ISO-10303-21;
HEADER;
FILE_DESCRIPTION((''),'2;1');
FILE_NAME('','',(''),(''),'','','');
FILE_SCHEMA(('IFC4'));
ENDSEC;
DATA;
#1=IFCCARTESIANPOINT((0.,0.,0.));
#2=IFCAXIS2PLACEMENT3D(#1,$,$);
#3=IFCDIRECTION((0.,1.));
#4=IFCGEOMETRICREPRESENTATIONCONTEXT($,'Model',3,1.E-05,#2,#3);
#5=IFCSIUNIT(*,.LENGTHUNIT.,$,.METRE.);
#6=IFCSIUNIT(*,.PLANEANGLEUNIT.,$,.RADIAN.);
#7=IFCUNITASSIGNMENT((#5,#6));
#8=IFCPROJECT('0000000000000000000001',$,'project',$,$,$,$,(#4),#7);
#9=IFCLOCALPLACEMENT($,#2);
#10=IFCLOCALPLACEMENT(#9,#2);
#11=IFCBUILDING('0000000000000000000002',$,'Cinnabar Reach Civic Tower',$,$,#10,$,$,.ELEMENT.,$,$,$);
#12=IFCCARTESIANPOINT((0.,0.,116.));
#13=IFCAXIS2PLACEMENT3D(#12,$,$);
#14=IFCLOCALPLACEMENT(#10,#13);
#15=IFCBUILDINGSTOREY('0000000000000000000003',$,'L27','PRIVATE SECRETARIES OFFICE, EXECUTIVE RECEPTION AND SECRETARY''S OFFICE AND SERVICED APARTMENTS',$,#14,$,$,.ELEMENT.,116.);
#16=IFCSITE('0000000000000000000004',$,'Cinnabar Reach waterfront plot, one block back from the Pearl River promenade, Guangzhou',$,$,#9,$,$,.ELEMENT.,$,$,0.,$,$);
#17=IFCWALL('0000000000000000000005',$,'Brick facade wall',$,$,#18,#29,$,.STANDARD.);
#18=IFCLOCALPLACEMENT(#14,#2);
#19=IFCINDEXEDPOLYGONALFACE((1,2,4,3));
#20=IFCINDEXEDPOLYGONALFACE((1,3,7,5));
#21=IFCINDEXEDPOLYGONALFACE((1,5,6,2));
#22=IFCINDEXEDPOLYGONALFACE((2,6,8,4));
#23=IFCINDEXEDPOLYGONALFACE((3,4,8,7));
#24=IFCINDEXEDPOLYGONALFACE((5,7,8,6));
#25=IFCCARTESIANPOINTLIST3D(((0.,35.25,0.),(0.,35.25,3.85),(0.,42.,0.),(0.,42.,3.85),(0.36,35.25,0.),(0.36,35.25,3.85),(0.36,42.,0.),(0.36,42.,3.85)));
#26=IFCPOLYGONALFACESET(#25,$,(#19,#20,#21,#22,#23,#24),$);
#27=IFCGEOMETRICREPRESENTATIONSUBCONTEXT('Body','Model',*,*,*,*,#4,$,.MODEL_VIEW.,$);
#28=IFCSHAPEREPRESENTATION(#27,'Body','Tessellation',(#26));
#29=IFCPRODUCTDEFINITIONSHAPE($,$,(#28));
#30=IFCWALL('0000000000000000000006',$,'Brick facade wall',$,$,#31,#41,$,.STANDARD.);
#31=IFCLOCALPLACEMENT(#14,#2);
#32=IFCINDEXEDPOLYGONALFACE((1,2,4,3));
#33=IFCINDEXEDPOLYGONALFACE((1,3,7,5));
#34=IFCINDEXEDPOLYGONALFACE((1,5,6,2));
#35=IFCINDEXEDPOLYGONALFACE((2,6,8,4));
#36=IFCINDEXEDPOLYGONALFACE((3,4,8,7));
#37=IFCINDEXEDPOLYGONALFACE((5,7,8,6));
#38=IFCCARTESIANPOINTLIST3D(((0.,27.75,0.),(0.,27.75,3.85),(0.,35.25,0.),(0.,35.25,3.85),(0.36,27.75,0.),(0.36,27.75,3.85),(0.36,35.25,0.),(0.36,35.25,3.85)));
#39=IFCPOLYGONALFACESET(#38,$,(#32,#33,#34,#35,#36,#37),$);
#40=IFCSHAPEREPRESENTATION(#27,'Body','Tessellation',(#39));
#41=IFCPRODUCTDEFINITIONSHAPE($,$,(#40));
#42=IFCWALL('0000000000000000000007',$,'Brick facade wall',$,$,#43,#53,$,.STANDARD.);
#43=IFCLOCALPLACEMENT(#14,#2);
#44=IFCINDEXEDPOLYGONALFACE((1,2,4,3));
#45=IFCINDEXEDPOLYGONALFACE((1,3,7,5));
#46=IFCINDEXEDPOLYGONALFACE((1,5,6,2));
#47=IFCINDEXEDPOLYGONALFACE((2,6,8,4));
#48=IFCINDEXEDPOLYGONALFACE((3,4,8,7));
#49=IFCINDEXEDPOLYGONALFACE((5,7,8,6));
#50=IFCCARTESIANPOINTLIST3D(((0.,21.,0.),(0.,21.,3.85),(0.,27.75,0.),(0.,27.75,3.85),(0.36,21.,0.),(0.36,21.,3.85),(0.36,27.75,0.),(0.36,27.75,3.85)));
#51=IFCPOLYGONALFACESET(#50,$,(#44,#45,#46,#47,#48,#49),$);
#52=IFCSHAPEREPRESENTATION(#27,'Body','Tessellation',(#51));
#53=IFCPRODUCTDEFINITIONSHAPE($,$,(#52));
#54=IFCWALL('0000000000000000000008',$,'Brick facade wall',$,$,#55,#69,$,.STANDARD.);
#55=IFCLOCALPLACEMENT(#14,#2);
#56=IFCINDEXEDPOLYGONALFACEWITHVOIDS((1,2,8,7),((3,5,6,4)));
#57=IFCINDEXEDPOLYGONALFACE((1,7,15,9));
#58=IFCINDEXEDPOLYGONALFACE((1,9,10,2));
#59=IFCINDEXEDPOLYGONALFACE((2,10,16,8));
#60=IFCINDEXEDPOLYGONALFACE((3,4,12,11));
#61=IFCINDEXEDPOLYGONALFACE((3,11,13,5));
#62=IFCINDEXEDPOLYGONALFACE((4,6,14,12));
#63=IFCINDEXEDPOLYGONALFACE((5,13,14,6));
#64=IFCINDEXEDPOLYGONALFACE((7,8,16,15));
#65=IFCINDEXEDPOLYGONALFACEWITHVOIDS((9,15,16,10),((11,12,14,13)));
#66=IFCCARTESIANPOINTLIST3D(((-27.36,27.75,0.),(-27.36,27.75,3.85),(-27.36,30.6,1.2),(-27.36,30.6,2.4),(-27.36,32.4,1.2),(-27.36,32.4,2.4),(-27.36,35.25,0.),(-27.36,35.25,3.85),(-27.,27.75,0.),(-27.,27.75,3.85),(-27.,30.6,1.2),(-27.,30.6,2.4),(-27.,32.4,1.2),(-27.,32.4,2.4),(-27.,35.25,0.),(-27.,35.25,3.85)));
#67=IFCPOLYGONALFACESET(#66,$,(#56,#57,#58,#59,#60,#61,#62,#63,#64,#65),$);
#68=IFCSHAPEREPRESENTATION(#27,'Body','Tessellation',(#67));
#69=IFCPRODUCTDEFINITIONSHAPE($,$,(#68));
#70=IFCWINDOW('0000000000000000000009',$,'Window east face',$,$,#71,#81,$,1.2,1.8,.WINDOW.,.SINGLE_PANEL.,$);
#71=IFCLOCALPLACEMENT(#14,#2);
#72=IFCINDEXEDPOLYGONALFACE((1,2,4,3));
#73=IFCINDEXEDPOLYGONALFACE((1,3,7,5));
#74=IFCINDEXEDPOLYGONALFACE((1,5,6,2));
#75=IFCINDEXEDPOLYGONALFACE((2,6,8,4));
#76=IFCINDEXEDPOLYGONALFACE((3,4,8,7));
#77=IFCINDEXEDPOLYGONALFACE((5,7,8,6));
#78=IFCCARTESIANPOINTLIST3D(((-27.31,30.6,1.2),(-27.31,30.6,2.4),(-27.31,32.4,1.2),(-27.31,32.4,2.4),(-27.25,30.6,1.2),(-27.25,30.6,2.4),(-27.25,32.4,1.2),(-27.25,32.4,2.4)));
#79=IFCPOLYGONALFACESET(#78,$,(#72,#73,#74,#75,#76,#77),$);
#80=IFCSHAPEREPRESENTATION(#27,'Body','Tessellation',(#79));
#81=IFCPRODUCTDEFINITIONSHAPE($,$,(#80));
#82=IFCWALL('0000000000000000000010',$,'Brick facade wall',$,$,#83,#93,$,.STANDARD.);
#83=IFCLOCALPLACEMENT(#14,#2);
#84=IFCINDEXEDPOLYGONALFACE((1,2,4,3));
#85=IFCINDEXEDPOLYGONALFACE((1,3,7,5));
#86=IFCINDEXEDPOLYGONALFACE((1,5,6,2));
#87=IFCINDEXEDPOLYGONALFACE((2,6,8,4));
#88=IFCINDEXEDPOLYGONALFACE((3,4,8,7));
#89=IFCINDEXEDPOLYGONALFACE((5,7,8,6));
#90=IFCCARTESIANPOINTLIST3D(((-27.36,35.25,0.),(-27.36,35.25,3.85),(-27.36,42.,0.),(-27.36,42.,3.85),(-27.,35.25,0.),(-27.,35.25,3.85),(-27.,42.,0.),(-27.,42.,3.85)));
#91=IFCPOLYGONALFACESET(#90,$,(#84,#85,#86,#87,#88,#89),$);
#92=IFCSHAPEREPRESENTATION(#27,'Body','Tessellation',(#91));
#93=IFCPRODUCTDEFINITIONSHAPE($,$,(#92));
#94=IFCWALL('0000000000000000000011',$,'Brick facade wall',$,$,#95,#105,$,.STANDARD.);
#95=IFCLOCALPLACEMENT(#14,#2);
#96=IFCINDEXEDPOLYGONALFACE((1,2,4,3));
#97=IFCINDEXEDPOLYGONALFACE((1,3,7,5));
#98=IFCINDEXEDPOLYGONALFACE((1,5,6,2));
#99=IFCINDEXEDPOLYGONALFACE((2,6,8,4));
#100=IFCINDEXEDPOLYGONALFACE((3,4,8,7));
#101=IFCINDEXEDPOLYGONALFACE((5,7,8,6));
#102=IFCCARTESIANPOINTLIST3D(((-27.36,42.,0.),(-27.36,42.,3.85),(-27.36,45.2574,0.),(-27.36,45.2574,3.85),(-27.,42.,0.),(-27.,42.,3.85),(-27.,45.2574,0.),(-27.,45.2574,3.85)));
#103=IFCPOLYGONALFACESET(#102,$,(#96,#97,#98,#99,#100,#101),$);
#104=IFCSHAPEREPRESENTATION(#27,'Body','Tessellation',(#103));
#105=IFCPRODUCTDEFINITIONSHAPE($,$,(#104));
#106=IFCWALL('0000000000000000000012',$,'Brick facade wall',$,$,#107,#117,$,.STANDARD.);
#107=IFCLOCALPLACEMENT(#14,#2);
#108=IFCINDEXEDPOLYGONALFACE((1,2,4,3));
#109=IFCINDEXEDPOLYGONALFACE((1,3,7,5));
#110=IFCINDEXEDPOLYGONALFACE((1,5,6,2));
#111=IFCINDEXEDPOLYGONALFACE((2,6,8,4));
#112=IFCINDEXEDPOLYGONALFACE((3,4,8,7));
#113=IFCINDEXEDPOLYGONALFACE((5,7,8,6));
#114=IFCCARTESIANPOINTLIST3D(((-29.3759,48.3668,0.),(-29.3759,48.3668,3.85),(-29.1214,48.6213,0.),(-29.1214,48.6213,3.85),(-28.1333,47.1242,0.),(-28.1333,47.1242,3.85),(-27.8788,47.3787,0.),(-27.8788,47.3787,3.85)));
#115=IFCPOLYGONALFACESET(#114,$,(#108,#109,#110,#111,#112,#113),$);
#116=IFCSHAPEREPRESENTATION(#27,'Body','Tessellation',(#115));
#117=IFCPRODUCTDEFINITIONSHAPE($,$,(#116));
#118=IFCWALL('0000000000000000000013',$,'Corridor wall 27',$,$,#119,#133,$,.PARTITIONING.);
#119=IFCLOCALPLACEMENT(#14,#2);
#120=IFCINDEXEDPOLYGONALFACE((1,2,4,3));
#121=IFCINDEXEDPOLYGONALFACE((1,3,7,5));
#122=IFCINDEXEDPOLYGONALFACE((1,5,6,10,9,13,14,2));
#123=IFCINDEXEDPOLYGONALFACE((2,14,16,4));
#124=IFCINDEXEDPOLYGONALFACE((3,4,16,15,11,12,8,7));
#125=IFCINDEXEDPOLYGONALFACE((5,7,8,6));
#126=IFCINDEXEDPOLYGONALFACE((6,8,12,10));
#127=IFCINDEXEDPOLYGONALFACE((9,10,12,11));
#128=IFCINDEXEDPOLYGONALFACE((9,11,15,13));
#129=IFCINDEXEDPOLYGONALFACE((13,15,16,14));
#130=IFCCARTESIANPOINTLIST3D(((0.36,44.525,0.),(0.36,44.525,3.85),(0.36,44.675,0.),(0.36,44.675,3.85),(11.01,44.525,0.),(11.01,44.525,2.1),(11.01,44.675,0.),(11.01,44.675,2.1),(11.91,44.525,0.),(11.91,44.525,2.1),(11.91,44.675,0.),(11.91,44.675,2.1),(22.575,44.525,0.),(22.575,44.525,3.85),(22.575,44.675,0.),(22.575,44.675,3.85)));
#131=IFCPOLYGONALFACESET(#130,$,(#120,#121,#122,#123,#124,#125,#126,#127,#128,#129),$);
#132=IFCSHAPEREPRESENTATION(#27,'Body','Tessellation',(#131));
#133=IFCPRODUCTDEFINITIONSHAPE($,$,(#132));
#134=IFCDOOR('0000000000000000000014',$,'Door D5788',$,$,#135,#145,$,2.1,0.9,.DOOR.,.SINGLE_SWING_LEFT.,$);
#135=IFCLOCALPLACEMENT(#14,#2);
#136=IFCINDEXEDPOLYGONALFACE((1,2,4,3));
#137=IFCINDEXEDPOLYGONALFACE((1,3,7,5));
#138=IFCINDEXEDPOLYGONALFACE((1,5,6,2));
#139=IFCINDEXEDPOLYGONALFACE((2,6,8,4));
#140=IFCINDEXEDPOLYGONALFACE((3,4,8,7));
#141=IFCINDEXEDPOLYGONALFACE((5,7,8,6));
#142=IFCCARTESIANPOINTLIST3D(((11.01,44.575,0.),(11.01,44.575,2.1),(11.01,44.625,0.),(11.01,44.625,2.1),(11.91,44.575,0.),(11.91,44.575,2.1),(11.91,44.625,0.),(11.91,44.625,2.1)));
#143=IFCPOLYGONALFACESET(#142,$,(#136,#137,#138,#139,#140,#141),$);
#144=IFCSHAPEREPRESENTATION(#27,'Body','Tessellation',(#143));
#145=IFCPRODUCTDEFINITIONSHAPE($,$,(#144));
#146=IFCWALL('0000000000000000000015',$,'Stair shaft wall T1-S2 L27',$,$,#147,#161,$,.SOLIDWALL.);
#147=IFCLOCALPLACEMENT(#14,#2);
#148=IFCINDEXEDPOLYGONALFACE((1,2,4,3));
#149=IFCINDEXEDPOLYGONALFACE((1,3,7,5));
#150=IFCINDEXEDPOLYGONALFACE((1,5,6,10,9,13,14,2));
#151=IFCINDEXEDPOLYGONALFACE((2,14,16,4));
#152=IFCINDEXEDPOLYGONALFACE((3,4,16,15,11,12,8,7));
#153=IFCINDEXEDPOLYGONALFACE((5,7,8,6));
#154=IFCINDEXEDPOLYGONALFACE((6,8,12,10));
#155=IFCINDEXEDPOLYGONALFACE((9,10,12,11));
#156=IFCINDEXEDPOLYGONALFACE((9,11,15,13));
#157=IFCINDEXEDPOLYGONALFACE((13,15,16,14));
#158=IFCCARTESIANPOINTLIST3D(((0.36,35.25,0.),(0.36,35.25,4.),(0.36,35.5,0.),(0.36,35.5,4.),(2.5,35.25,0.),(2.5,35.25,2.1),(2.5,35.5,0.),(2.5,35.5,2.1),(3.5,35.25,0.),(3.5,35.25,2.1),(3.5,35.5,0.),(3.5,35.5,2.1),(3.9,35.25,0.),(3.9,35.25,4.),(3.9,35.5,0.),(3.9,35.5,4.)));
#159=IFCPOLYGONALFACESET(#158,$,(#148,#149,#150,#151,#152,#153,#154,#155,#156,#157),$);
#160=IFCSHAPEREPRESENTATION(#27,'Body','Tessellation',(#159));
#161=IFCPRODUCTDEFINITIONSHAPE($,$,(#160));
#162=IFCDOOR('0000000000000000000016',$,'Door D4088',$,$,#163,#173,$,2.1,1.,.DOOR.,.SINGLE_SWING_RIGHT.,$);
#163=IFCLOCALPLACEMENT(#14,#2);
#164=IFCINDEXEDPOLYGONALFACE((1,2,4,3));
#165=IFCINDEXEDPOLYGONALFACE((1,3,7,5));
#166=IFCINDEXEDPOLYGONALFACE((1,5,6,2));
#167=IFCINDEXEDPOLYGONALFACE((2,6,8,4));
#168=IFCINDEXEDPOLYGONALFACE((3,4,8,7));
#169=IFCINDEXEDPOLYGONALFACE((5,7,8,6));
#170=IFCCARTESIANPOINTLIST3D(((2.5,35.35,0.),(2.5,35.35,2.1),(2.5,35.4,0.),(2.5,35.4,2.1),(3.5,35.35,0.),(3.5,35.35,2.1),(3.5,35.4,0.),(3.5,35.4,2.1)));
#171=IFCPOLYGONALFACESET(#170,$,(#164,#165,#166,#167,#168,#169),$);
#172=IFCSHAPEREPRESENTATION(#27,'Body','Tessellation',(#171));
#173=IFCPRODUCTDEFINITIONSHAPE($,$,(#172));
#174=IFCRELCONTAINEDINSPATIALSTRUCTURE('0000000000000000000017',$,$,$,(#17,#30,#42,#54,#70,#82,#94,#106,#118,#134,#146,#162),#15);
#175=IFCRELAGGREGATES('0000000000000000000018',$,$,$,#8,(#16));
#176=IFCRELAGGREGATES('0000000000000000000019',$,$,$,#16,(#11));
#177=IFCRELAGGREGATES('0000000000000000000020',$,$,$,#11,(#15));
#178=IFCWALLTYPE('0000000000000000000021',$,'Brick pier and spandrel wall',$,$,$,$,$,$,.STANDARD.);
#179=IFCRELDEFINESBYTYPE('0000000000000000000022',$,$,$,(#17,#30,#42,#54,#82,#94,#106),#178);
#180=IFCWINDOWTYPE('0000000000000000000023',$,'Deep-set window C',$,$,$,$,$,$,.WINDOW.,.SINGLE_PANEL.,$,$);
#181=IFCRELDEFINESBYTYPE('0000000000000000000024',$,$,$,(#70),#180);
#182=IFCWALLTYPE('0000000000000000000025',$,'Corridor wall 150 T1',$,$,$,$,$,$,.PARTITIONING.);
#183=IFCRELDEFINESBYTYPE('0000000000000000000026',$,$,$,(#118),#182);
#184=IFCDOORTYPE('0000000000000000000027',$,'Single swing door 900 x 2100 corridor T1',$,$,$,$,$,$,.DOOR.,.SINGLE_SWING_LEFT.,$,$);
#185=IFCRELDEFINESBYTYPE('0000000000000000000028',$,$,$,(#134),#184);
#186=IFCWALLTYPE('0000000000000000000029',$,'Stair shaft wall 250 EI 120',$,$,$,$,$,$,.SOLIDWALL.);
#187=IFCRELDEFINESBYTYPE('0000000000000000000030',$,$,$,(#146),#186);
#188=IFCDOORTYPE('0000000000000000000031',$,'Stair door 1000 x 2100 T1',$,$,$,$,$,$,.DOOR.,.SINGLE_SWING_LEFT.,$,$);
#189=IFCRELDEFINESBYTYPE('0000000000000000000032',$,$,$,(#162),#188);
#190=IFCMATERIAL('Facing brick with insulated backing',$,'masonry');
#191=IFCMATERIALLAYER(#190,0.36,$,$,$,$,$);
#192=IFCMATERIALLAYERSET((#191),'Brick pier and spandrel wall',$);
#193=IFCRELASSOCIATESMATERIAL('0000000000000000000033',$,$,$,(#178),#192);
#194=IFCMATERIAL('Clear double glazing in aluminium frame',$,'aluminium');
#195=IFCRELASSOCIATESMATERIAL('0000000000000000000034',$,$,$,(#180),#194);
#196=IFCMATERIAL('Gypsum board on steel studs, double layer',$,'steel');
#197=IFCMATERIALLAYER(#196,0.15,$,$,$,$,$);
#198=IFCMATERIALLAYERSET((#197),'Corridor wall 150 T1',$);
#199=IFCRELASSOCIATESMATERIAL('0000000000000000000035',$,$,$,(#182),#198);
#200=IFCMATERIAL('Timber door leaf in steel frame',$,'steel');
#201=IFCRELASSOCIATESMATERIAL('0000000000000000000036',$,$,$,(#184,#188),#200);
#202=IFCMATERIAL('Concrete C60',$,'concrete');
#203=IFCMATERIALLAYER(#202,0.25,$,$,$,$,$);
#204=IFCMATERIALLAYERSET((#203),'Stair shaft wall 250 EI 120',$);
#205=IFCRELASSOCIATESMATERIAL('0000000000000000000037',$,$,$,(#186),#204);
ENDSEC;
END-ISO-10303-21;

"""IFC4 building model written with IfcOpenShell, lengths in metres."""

from ifc_helpers import new_model, si_unit, direction, frame, frame_2d, origin, place, context, subcontext, project, spatial, rectangle, extrude, material, layer, layer_set, type_object, element, fill, save


model = new_model("IFC4")

# Units and contexts
model_context = context("Model", 3, precision=1e-05, world=origin(), true_north=direction((0.0, 1.0)))
body_context = subcontext(model_context, "Body", "Model", "MODEL_VIEW")
ifc_project = project(units=[si_unit("LENGTHUNIT", "METRE"), si_unit("PLANEANGLEUNIT", "RADIAN")], contexts=[model_context])

# Site, building, storey
site_placement = place(None, origin())
site = spatial("IfcSite", under=ifc_project, at=site_placement, Name="Cinnabar Reach waterfront plot, one block back from the Pearl River promenade, Guangzhou", CompositionType="ELEMENT", RefElevation=0.0)
building_placement = place(site_placement, origin())
building = spatial("IfcBuilding", under=site, at=building_placement, Name="Cinnabar Reach Civic Tower", CompositionType="ELEMENT")
storey_placement = place(building_placement, frame((0.0, 0.0, 116.0)))
storey = spatial("IfcBuildingStorey", under=building, at=storey_placement, Name="L27", Description="PRIVATE SECRETARIES OFFICE, EXECUTIVE RECEPTION AND SECRETARY'S OFFICE AND SERVICED APARTMENTS", CompositionType="ELEMENT", Elevation=116.0)

# Shared definitions
ifc_material_1 = material(Name="Concrete C60", Category="concrete")

# Walls
ifc_material_2 = material(Name="Facing brick with insulated backing", Category="masonry")
ifc_layer_1 = layer(ifc_material_2, 0.36)
ifc_layer_set_1 = layer_set([ifc_layer_1], Name="Brick pier and spandrel wall")
wall_type_1 = type_object("IfcWallType", Name="Brick pier and spandrel wall", PredefinedType="STANDARD", material=ifc_layer_set_1)
wall_1_placement = place(storey_placement, frame((0.18, 42.0, 0.0), z_axis=(0.0, 0.0, 1.0), x_axis=(0.0, -1.0, 0.0)))
element("IfcWall", 1, at=wall_1_placement, inside=storey, type_object=wall_type_1, Name="Brick facade wall", PredefinedType="STANDARD", context=body_context, shape_type="SweptSolid", body=[
    extrude(rectangle(XDim=6.75, YDim=0.36, at=frame_2d((3.375, 0.0))), origin(), (0.0, 0.0, 1.0), 3.85),
])
wall_2_placement = place(storey_placement, frame((0.18, 35.25, 0.0), z_axis=(0.0, 0.0, 1.0), x_axis=(0.0, -1.0, 0.0)))
element("IfcWall", 2, at=wall_2_placement, inside=storey, type_object=wall_type_1, Name="Brick facade wall", PredefinedType="STANDARD", context=body_context, shape_type="SweptSolid", body=[
    extrude(rectangle(XDim=7.5, YDim=0.36, at=frame_2d((3.75, 0.0))), origin(), (0.0, 0.0, 1.0), 3.85),
])
wall_3_placement = place(storey_placement, frame((0.18, 27.75, 0.0), z_axis=(0.0, 0.0, 1.0), x_axis=(0.0, -1.0, 0.0)))
element("IfcWall", 3, at=wall_3_placement, inside=storey, type_object=wall_type_1, Name="Brick facade wall", PredefinedType="STANDARD", context=body_context, shape_type="SweptSolid", body=[
    extrude(rectangle(XDim=6.75, YDim=0.36, at=frame_2d((3.375, 0.0))), origin(), (0.0, 0.0, 1.0), 3.85),
])

# Wall, opening, window
wall_4_placement = place(storey_placement, frame((-27.18, 27.75, 0.0), z_axis=(0.0, 0.0, 1.0), x_axis=(0.0, 1.0, 0.0)))
wall_4 = element("IfcWall", 4, at=wall_4_placement, inside=storey, type_object=wall_type_1, Name="Brick facade wall", PredefinedType="STANDARD", context=body_context, shape_type="SweptSolid", body=[
    extrude(rectangle(XDim=7.5, YDim=0.36, at=frame_2d((3.75, 0.0))), origin(), (0.0, 0.0, 1.0), 3.85),
])
opening_1_placement = place(wall_4_placement, frame((2.85, 0.0, 1.2)))
opening_1 = element("IfcOpeningElement", 5, at=opening_1_placement, cuts=wall_4, PredefinedType="OPENING", context=body_context, shape_type="SweptSolid", body=[
    extrude(rectangle(XDim=1.8, YDim=1.2, at=frame_2d((0.9, 0.6))), frame((0.0, 0.19, 0.0), z_axis=(0.0, -1.0, 0.0), x_axis=(1.0, 0.0, 0.0)), (0.0, 0.0, 1.0), 0.38),
])
ifc_material_3 = material(Name="Clear double glazing in aluminium frame", Category="aluminium")
window_type = type_object("IfcWindowType", Name="Deep-set window C", PartitioningType="SINGLE_PANEL", PredefinedType="WINDOW", material=ifc_material_3)
window_placement = place(opening_1_placement, origin())
window = element("IfcWindow", 6, at=window_placement, inside=storey, type_object=window_type, Name="Window east face", OverallHeight=1.2, OverallWidth=1.8, PartitioningType="SINGLE_PANEL", PredefinedType="WINDOW", context=body_context, shape_type="SweptSolid", body=[
    extrude(rectangle(XDim=1.8, YDim=1.2, at=frame_2d((0.9, 0.6))), frame((0.0, 0.13, 0.0), z_axis=(0.0, -1.0, 0.0), x_axis=(1.0, 0.0, 0.0)), (0.0, 0.0, 1.0), 0.06),
])
fill(opening_1, window)

# Walls
wall_5_placement = place(storey_placement, frame((-27.18, 35.25, 0.0), z_axis=(0.0, 0.0, 1.0), x_axis=(0.0, 1.0, 0.0)))
element("IfcWall", 7, at=wall_5_placement, inside=storey, type_object=wall_type_1, Name="Brick facade wall", PredefinedType="STANDARD", context=body_context, shape_type="SweptSolid", body=[
    extrude(rectangle(XDim=6.75, YDim=0.36, at=frame_2d((3.375, 0.0))), origin(), (0.0, 0.0, 1.0), 3.85),
])
wall_6_placement = place(storey_placement, frame((-27.18, 42.0, 0.0), z_axis=(0.0, 0.0, 1.0), x_axis=(0.0, 1.0, 0.0)))
element("IfcWall", 8, at=wall_6_placement, inside=storey, type_object=wall_type_1, Name="Brick facade wall", PredefinedType="STANDARD", context=body_context, shape_type="SweptSolid", body=[
    extrude(rectangle(XDim=3.2574, YDim=0.36, at=frame_2d((1.6287, 0.0))), origin(), (0.0, 0.0, 1.0), 3.85),
])
wall_7_placement = place(storey_placement, frame((-28.006, 47.2514, 0.0), z_axis=(0.0, 0.0, 1.0), x_axis=(-0.707107, 0.707107, 0.0)))
element("IfcWall", 9, at=wall_7_placement, inside=storey, type_object=wall_type_1, Name="Brick facade wall", PredefinedType="STANDARD", context=body_context, shape_type="SweptSolid", body=[
    extrude(rectangle(XDim=1.7573, YDim=0.36, at=frame_2d((0.8787, 0.0))), origin(), (0.0, 0.0, 1.0), 3.85),
])

# Walls, openings, doors
ifc_material_4 = material(Name="Gypsum board on steel studs, double layer", Category="steel")
ifc_layer_2 = layer(ifc_material_4, 0.15)
ifc_layer_set_2 = layer_set([ifc_layer_2], Name="Corridor wall 150 T1")
wall_type_2 = type_object("IfcWallType", Name="Corridor wall 150 T1", PredefinedType="PARTITIONING", material=ifc_layer_set_2)
wall_8_placement = place(storey_placement, frame((0.36, 44.6, 0.0), z_axis=(0.0, 0.0, 1.0), x_axis=(1.0, 0.0, 0.0)))
wall_8 = element("IfcWall", 10, at=wall_8_placement, inside=storey, type_object=wall_type_2, Name="Corridor wall 27", PredefinedType="PARTITIONING", context=body_context, shape_type="SweptSolid", body=[
    extrude(rectangle(XDim=22.215, YDim=0.15, at=frame_2d((11.1075, 0.0))), origin(), (0.0, 0.0, 1.0), 3.85),
])
opening_2_placement = place(wall_8_placement, frame((10.65, 0.0, 0.0)))
opening_2 = element("IfcOpeningElement", 11, at=opening_2_placement, cuts=wall_8, PredefinedType="OPENING", context=body_context, shape_type="SweptSolid", body=[
    extrude(rectangle(XDim=0.9, YDim=2.1, at=frame_2d((0.45, 1.05))), frame((0.0, 0.085, 0.0), z_axis=(0.0, -1.0, 0.0), x_axis=(1.0, 0.0, 0.0)), (0.0, 0.0, 1.0), 0.17),
])
ifc_material_5 = material(Name="Timber door leaf in steel frame", Category="steel")
door_type_1 = type_object("IfcDoorType", Name="Single swing door 900 x 2100 corridor T1", OperationType="SINGLE_SWING_LEFT", PredefinedType="DOOR", material=ifc_material_5)
door_1_placement = place(opening_2_placement, frame((0.9, 0.0, 0.0), z_axis=(0.0, 0.0, 1.0), x_axis=(-1.0, 0.0, 0.0)))
door_1 = element("IfcDoor", 12, at=door_1_placement, inside=storey, type_object=door_type_1, Name="Door D5788", OperationType="SINGLE_SWING_LEFT", OverallHeight=2.1, OverallWidth=0.9, PredefinedType="DOOR", context=body_context, shape_type="SweptSolid", body=[
    extrude(rectangle(XDim=0.9, YDim=2.1, at=frame_2d((0.45, 1.05))), frame((0.0, 0.025, 0.0), z_axis=(0.0, -1.0, 0.0), x_axis=(1.0, 0.0, 0.0)), (0.0, 0.0, 1.0), 0.05),
])
fill(opening_2, door_1)
ifc_layer_3 = layer(ifc_material_1, 0.25)
ifc_layer_set_3 = layer_set([ifc_layer_3], Name="Stair shaft wall 250 EI 120")
wall_type_3 = type_object("IfcWallType", Name="Stair shaft wall 250 EI 120", PredefinedType="SOLIDWALL", material=ifc_layer_set_3)
wall_9_placement = place(storey_placement, frame((0.36, 35.375, 0.0), z_axis=(0.0, 0.0, 1.0), x_axis=(1.0, 0.0, 0.0)))
wall_9 = element("IfcWall", 13, at=wall_9_placement, inside=storey, type_object=wall_type_3, Name="Stair shaft wall T1-S2 L27", PredefinedType="SOLIDWALL", context=body_context, shape_type="SweptSolid", body=[
    extrude(rectangle(XDim=3.54, YDim=0.25, at=frame_2d((1.77, 0.0))), origin(), (0.0, 0.0, 1.0), 4.0),
])
opening_3_placement = place(wall_9_placement, frame((2.14, 0.0, 0.0)))
opening_3 = element("IfcOpeningElement", 14, at=opening_3_placement, cuts=wall_9, PredefinedType="OPENING", context=body_context, shape_type="SweptSolid", body=[
    extrude(rectangle(XDim=1.0, YDim=2.1, at=frame_2d((0.5, 1.05))), frame((0.0, 0.135, 0.0), z_axis=(0.0, -1.0, 0.0), x_axis=(1.0, 0.0, 0.0)), (0.0, 0.0, 1.0), 0.27),
])
door_type_2 = type_object("IfcDoorType", Name="Stair door 1000 x 2100 T1", OperationType="SINGLE_SWING_LEFT", PredefinedType="DOOR", material=ifc_material_5)
door_2_placement = place(opening_3_placement, origin())
door_2 = element("IfcDoor", 15, at=door_2_placement, inside=storey, type_object=door_type_2, Name="Door D4088", OperationType="SINGLE_SWING_RIGHT", OverallHeight=2.1, OverallWidth=1.0, PredefinedType="DOOR", context=body_context, shape_type="SweptSolid", body=[
    extrude(rectangle(XDim=1.0, YDim=2.1, at=frame_2d((0.5, 1.05))), frame((0.0, 0.025, 0.0), z_axis=(0.0, -1.0, 0.0), x_axis=(1.0, 0.0, 0.0)), (0.0, 0.0, 1.0), 0.05),
])
fill(opening_3, door_2)

save(model, "model.ifc")
